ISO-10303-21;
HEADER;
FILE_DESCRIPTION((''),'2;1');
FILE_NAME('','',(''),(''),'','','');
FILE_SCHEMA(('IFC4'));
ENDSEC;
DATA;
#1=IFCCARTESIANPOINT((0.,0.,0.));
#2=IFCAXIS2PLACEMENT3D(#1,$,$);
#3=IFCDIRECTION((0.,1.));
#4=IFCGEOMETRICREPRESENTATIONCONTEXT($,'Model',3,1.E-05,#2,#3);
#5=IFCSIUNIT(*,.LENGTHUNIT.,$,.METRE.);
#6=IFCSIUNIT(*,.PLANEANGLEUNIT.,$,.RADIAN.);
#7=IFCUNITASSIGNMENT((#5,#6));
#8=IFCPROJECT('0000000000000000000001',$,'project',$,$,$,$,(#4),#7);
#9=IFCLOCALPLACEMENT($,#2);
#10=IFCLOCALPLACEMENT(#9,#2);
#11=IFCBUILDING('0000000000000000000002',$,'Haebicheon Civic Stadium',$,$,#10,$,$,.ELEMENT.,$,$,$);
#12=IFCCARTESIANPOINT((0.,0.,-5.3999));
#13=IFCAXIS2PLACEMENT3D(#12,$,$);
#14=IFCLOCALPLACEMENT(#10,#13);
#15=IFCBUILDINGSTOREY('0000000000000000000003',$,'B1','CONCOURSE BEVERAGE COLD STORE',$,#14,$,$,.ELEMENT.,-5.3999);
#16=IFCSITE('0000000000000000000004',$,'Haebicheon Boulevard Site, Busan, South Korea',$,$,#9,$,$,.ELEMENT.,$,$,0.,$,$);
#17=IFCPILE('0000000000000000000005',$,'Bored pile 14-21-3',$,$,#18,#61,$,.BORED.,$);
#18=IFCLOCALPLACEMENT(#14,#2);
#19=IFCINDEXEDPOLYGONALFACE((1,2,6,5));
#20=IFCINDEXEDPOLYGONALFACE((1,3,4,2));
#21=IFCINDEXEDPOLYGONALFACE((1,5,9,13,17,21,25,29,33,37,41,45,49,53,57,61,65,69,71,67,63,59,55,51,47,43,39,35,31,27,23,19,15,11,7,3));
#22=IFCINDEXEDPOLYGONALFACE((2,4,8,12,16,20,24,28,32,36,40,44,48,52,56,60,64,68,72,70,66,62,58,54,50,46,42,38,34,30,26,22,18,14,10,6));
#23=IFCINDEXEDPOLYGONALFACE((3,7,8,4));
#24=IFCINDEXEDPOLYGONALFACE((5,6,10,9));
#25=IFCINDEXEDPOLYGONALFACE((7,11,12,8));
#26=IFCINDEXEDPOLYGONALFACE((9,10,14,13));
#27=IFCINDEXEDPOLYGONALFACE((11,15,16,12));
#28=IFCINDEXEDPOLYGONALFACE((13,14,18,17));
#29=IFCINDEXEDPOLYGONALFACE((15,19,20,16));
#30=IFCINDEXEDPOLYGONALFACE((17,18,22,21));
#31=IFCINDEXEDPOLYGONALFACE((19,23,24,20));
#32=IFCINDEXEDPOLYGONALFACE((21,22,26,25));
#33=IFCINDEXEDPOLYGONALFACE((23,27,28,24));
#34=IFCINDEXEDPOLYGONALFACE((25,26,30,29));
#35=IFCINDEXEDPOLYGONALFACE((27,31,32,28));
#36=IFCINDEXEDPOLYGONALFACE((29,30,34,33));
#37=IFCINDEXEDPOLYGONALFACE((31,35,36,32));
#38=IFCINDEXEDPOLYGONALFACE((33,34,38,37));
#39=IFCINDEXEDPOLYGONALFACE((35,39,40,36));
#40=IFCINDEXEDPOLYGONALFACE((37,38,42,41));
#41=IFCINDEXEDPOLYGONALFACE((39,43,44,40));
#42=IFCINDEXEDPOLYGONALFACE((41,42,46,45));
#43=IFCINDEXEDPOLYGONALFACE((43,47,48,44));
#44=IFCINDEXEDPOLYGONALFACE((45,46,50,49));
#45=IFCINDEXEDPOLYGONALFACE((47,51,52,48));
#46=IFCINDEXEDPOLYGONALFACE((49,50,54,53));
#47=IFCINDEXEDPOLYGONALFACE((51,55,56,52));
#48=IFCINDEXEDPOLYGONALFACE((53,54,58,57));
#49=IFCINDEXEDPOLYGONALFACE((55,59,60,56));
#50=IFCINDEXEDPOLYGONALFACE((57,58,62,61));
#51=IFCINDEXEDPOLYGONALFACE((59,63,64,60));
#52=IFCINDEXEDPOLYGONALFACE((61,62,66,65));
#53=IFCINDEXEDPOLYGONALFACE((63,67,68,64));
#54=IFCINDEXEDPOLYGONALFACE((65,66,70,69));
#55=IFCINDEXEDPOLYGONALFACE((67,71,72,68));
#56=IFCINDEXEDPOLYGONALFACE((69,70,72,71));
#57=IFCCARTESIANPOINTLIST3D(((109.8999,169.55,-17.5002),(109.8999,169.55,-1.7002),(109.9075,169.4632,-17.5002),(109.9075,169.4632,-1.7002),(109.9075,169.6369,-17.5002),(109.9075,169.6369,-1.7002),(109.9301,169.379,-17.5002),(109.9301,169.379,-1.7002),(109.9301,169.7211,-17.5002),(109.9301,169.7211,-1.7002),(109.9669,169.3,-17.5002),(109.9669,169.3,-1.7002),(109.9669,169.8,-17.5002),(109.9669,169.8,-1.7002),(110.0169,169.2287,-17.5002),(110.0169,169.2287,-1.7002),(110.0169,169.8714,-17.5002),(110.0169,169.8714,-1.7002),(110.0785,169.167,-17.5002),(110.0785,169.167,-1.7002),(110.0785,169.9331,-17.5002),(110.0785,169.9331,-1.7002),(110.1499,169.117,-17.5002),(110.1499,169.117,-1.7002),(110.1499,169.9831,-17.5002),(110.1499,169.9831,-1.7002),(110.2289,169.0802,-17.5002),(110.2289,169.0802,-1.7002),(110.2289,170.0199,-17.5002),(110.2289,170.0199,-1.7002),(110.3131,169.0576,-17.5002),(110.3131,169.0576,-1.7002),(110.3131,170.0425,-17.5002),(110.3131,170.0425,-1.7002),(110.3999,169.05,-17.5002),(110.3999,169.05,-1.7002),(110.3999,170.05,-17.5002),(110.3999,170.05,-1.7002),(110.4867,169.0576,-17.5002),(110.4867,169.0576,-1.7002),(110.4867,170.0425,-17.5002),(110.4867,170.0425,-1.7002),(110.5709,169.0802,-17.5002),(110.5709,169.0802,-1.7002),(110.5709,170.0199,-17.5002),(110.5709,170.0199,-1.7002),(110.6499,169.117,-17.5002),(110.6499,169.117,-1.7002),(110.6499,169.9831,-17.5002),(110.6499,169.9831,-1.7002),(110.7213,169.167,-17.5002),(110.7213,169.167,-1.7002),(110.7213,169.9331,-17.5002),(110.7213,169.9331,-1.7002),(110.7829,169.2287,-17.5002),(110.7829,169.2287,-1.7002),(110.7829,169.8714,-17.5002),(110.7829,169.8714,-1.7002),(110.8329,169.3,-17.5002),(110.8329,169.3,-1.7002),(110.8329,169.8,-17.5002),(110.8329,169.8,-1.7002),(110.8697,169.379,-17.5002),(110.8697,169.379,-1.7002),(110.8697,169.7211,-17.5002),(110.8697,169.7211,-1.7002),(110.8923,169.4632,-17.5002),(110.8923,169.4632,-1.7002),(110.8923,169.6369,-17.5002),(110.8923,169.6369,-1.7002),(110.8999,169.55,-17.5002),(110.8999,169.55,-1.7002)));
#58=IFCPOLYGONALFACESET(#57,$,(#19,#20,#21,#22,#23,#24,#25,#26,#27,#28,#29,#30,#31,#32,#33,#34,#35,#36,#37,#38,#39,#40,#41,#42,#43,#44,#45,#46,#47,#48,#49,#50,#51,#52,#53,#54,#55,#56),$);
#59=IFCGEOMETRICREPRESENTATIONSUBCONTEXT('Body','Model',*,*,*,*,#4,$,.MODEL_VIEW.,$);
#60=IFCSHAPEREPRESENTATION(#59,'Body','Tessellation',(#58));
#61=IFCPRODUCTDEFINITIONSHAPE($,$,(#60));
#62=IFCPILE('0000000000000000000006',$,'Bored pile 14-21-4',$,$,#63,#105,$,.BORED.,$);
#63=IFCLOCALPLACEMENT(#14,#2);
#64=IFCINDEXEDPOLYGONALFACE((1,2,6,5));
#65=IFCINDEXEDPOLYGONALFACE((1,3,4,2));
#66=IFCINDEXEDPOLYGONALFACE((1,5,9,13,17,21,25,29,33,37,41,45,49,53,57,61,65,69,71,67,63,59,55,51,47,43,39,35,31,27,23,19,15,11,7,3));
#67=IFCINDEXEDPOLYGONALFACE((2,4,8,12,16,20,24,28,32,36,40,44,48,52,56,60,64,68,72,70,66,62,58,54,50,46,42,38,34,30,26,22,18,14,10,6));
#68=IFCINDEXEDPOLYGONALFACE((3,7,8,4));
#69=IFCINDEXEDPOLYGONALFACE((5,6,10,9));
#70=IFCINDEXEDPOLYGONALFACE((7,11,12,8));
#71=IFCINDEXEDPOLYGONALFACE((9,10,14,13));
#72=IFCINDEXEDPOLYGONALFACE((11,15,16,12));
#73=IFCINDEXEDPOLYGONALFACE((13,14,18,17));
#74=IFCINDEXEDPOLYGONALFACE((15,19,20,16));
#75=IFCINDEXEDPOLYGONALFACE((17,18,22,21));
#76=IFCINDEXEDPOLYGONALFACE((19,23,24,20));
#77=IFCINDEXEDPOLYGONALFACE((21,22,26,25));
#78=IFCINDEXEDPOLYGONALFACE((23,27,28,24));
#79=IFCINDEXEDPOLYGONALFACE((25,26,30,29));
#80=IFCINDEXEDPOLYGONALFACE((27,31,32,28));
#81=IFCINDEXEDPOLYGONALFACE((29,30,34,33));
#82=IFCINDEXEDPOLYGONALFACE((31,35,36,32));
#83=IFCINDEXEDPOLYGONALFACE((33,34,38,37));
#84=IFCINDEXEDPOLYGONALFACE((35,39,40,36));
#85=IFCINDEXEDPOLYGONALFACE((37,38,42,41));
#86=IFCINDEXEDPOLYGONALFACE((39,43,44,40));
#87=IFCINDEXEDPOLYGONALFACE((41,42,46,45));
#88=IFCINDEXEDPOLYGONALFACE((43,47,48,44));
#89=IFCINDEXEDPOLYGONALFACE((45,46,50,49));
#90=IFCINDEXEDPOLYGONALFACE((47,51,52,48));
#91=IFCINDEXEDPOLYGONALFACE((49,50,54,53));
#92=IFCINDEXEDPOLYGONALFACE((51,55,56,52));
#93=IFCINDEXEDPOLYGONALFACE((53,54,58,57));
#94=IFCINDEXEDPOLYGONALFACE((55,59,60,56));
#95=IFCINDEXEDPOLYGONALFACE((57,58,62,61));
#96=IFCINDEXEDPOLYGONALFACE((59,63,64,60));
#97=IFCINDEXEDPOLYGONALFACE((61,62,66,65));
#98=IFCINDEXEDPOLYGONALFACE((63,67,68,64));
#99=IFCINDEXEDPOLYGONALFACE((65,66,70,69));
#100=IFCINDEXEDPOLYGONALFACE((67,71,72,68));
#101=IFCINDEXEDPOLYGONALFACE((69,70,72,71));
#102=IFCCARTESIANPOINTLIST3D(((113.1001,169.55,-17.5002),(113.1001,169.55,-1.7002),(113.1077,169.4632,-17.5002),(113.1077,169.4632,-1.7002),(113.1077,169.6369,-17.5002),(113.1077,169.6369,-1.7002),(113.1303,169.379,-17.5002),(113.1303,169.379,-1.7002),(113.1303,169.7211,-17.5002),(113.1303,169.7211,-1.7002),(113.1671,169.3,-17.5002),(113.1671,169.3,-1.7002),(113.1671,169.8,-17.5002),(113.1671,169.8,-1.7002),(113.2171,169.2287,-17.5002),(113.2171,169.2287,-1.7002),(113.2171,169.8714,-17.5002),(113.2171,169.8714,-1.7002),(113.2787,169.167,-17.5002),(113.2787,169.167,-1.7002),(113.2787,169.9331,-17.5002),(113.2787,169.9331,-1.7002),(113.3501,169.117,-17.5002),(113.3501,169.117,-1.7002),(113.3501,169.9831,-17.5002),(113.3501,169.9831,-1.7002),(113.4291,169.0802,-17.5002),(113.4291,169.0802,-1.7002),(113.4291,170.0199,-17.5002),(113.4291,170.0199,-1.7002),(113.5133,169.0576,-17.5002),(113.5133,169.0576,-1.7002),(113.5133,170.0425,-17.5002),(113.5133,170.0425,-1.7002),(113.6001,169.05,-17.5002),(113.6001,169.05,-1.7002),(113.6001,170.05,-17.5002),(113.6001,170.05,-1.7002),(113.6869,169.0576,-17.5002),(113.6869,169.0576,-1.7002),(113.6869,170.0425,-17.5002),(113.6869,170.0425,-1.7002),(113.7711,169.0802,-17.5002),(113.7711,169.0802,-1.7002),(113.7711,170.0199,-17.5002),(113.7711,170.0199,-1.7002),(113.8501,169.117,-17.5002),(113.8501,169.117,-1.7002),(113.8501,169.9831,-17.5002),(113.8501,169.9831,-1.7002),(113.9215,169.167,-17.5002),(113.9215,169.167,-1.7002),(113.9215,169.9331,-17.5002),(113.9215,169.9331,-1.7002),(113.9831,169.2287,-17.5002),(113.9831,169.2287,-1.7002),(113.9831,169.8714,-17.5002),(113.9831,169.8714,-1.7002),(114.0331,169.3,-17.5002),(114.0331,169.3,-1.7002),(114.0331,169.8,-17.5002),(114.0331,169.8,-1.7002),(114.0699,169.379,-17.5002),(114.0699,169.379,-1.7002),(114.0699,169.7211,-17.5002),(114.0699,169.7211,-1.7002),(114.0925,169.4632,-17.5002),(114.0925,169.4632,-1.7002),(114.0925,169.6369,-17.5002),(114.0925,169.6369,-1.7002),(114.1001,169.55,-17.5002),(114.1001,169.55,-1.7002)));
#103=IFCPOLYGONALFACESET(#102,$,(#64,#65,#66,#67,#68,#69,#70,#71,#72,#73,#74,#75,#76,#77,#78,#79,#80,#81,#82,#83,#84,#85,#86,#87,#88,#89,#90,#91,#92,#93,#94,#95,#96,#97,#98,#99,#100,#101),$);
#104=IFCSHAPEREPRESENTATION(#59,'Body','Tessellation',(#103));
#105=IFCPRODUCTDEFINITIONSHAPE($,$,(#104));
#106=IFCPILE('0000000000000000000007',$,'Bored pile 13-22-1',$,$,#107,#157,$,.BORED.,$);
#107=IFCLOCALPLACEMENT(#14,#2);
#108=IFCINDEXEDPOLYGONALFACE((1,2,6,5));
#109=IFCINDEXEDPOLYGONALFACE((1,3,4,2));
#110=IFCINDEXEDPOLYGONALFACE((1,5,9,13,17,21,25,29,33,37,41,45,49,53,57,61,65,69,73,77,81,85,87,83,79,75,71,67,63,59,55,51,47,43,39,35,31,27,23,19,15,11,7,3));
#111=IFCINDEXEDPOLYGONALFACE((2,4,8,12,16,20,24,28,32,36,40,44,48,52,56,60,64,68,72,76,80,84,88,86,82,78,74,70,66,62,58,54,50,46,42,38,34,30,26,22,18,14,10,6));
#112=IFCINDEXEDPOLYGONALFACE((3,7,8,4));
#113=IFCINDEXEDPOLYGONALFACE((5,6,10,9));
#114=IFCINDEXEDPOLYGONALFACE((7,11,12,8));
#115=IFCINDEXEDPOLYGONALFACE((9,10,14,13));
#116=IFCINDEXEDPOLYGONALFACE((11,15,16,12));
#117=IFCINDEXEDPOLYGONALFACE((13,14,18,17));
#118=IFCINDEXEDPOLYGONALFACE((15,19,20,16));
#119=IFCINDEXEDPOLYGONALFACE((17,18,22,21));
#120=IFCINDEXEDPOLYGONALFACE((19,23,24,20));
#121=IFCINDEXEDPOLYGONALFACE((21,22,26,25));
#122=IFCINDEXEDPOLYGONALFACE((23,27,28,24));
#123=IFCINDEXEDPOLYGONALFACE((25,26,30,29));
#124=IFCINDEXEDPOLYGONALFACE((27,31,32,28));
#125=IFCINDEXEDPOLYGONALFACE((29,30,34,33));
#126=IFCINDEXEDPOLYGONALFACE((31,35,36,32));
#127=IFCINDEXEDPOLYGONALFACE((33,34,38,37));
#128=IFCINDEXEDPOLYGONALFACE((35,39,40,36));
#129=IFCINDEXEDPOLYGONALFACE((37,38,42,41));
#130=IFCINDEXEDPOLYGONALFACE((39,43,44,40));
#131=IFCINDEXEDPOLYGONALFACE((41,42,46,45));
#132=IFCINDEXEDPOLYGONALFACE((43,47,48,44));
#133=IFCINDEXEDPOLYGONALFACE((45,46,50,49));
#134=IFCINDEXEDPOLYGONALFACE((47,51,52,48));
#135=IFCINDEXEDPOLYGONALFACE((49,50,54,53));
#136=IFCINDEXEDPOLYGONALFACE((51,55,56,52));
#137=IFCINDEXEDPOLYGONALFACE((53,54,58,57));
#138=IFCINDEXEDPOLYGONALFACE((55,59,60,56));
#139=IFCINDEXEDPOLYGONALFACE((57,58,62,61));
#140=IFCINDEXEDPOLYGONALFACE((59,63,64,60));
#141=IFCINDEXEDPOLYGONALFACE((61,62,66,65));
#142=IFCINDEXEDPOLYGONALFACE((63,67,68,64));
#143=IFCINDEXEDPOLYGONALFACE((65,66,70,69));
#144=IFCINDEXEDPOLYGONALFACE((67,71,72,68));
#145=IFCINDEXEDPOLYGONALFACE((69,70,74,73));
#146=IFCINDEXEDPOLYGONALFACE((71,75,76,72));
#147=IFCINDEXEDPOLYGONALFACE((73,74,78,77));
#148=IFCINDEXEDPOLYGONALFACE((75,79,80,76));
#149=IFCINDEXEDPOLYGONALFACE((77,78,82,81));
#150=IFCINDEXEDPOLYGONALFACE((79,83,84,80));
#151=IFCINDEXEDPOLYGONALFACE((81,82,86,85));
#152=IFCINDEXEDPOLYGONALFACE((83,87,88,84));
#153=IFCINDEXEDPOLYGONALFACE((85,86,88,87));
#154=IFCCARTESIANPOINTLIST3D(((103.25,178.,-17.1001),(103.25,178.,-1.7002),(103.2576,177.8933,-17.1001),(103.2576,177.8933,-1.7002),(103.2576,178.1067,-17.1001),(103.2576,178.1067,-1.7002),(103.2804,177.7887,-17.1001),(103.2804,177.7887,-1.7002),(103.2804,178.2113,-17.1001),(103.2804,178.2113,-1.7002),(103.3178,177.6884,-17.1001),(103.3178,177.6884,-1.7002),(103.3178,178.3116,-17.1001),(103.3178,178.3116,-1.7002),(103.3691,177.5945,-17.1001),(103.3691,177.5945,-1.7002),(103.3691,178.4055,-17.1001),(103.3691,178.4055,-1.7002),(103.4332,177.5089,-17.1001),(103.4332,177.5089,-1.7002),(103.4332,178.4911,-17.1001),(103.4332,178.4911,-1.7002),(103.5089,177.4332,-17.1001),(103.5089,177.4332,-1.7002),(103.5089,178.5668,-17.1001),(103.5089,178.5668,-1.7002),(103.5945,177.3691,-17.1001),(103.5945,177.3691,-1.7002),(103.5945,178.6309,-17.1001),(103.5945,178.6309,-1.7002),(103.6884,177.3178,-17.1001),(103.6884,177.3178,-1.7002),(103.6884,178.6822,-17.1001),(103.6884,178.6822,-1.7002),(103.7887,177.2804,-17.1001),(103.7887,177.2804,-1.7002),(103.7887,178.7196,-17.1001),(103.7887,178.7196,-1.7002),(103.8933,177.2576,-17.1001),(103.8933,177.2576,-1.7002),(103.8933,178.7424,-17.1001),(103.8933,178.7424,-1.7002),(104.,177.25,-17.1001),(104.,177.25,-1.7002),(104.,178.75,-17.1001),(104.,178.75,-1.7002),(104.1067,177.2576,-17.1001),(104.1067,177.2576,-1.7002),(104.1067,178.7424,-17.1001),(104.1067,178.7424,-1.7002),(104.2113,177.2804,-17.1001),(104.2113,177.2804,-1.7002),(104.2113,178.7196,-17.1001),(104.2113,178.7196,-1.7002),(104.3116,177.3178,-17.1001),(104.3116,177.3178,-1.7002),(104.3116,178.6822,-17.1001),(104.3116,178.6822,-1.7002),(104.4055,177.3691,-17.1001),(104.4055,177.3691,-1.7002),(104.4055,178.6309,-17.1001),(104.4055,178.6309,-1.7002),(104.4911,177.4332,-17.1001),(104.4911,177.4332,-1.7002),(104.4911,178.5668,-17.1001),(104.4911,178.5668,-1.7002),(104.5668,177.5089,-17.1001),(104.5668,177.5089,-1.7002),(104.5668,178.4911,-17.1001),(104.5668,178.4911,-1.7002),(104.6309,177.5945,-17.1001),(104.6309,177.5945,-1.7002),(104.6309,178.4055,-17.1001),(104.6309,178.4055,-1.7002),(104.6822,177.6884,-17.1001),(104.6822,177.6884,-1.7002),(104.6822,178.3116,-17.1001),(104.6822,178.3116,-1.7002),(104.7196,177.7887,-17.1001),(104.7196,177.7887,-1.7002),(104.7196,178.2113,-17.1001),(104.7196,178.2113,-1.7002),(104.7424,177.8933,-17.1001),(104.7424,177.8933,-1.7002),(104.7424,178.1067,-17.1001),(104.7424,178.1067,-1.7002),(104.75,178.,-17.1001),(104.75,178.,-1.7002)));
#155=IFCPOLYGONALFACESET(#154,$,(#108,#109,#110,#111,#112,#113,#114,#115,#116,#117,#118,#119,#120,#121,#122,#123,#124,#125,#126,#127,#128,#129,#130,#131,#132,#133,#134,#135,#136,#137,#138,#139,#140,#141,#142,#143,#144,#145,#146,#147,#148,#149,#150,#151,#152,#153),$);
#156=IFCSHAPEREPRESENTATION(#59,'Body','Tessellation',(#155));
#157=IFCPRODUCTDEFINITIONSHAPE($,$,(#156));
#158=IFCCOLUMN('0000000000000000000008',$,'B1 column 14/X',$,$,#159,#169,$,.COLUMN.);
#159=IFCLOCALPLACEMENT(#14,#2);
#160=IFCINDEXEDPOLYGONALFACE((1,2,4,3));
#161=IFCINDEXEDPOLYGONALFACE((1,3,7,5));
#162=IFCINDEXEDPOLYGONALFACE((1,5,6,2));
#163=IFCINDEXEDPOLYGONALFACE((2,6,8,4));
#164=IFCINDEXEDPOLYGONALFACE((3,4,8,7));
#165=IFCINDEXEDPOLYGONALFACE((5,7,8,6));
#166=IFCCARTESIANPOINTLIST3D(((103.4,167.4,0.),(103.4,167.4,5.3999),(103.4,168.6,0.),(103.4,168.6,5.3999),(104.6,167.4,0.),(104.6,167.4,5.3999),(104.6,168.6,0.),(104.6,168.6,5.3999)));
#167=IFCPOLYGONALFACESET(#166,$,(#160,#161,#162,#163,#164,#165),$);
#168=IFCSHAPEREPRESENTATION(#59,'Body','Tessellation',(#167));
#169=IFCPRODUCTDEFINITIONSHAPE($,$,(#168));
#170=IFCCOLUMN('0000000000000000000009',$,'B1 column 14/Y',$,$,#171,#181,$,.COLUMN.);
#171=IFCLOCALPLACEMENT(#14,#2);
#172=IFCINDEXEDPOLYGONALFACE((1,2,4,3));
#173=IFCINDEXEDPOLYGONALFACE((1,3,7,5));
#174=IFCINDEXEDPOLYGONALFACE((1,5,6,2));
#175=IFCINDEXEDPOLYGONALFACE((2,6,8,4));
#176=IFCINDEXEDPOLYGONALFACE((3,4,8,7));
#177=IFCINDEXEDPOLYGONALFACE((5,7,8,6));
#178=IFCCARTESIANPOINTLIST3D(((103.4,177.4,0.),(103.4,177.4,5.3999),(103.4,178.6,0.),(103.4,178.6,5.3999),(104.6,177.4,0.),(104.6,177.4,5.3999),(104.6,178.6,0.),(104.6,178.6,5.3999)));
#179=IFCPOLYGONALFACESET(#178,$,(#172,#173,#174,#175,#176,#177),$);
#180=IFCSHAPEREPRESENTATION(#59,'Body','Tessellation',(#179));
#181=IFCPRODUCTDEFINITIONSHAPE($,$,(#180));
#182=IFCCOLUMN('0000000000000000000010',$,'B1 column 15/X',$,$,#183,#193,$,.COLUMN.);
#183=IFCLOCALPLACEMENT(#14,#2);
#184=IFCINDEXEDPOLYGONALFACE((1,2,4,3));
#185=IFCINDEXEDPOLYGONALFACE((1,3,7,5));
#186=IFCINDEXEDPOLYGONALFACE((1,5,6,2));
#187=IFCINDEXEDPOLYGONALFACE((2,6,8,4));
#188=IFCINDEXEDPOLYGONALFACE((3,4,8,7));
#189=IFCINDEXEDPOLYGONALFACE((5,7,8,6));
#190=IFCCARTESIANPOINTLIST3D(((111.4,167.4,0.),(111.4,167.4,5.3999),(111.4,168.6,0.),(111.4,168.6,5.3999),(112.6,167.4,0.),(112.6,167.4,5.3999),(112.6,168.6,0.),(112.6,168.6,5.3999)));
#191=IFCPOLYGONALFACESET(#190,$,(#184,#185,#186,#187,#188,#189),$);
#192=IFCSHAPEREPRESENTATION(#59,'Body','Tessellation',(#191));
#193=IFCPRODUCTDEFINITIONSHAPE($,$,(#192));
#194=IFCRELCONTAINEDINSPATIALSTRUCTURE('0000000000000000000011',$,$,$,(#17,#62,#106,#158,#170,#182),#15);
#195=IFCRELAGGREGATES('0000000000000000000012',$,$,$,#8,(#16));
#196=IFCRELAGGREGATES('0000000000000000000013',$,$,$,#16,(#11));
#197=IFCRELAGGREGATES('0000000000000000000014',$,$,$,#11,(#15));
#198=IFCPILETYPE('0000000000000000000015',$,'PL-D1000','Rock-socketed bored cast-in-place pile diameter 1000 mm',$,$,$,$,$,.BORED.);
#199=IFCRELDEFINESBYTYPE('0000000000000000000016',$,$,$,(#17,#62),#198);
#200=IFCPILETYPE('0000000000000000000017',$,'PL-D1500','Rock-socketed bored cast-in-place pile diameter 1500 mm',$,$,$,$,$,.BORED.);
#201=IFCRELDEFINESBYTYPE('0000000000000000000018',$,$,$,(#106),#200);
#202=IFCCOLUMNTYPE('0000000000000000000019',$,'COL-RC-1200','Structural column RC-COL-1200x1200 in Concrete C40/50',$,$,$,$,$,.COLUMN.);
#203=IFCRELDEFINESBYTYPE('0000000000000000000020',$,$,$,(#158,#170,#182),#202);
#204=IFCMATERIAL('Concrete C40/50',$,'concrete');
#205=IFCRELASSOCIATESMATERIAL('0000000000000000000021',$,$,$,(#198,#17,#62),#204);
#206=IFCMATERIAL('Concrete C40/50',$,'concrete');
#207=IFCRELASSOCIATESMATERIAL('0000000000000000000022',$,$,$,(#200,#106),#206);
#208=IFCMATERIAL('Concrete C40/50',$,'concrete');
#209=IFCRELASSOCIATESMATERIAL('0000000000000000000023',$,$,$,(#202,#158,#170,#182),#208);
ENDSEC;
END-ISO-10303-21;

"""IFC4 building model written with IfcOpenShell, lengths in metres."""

from ifc_helpers import new_model, si_unit, direction, frame, origin, origin_2d, place, context, subcontext, project, spatial, rectangle, circle, extrude, material, material_profile, profile_set, type_object, element, save


model = new_model("IFC4")

# Units and contexts
model_context = context("Model", 3, precision=1e-05, world=origin(), true_north=direction((0.0, 1.0)))
body_context = subcontext(model_context, "Body", "Model", "MODEL_VIEW")
ifc_project = project(units=[si_unit("LENGTHUNIT", "METRE"), si_unit("PLANEANGLEUNIT", "RADIAN")], contexts=[model_context])

# Site, building, storey
site_placement = place(None, origin())
site = spatial("IfcSite", under=ifc_project, at=site_placement, Name="Haebicheon Boulevard Site, Busan, South Korea", CompositionType="ELEMENT", RefElevation=0.0)
building_placement = place(site_placement, origin())
building = spatial("IfcBuilding", under=site, at=building_placement, Name="Haebicheon Civic Stadium", CompositionType="ELEMENT")
storey_placement = place(building_placement, frame((0.0, 0.0, -5.3999)))
storey = spatial("IfcBuildingStorey", under=building, at=storey_placement, Name="B1", Description="CONCOURSE BEVERAGE COLD STORE", CompositionType="ELEMENT", Elevation=-5.3999)

# Piles
ifc_material_1 = material(Name="Concrete C40/50", Category="concrete")
ifc_material_profile_1 = material_profile(ifc_material_1, circle(Radius=0.5, at=origin_2d()), Name="PILE-D1000")
ifc_profile_set_1 = profile_set([ifc_material_profile_1], Name="Concrete C40/50")
pile_type_1 = type_object("IfcPileType", Name="PL-D1000", Description="Rock-socketed bored cast-in-place pile diameter 1000 mm", PredefinedType="BORED", material=ifc_profile_set_1)
for number, where, z_axis, x_axis, name in (
    (1, (110.3999, 169.55, -1.7002), (0.0, 0.0, -1.0), (1.0, 0.0, 0.0), "Bored pile 14-21-3"),
    (2, (113.6001, 169.55, -1.7002), (0.0, 0.0, -1.0), (1.0, 0.0, 0.0), "Bored pile 14-21-4"),
):
    element("IfcPile", number, at=place(storey_placement, frame(where, z_axis=z_axis, x_axis=x_axis)), inside=storey, type_object=pile_type_1, material=ifc_profile_set_1, Name=name, PredefinedType="BORED", context=body_context, shape_type="SweptSolid", body=[
        extrude(circle(Radius=0.5, at=origin_2d()), origin(), (0.0, 0.0, 1.0), 15.8),
    ])
ifc_material_2 = material(Name="Concrete C40/50", Category="concrete")
ifc_material_profile_2 = material_profile(ifc_material_2, circle(Radius=0.75, at=origin_2d()), Name="PILE-D1500")
ifc_profile_set_2 = profile_set([ifc_material_profile_2], Name="Concrete C40/50")
pile_type_2 = type_object("IfcPileType", Name="PL-D1500", Description="Rock-socketed bored cast-in-place pile diameter 1500 mm", PredefinedType="BORED", material=ifc_profile_set_2)
pile_placement = place(storey_placement, frame((104.0, 178.0, -1.7002), z_axis=(0.0, 0.0, -1.0), x_axis=(1.0, 0.0, 0.0)))
element("IfcPile", 3, at=pile_placement, inside=storey, type_object=pile_type_2, material=ifc_profile_set_2, Name="Bored pile 13-22-1", PredefinedType="BORED", context=body_context, shape_type="SweptSolid", body=[
    extrude(circle(Radius=0.75, at=origin_2d()), origin(), (0.0, 0.0, 1.0), 15.3999),
])

# Columns
ifc_material_3 = material(Name="Concrete C40/50", Category="concrete")
ifc_material_profile_3 = material_profile(ifc_material_3, rectangle(XDim=1.2, YDim=1.2, at=origin_2d()), Name="RC-COL-1200x1200")
ifc_profile_set_3 = profile_set([ifc_material_profile_3], Name="Concrete C40/50")
column_type = type_object("IfcColumnType", Name="COL-RC-1200", Description="Structural column RC-COL-1200x1200 in Concrete C40/50", PredefinedType="COLUMN", material=ifc_profile_set_3)
for number, where, z_axis, x_axis, name in (
    (4, (104.0, 168.0, 0.0), (0.0, 0.0, 1.0), (1.0, 0.0, 0.0), "B1 column 14/X"),
    (5, (104.0, 178.0, 0.0), (0.0, 0.0, 1.0), (1.0, 0.0, 0.0), "B1 column 14/Y"),
    (6, (112.0, 168.0, 0.0), (0.0, 0.0, 1.0), (1.0, 0.0, 0.0), "B1 column 15/X"),
):
    element("IfcColumn", number, at=place(storey_placement, frame(where, z_axis=z_axis, x_axis=x_axis)), inside=storey, type_object=column_type, material=ifc_profile_set_3, Name=name, PredefinedType="COLUMN", context=body_context, shape_type="SweptSolid", body=[
        extrude(rectangle(XDim=1.2, YDim=1.2, at=origin_2d()), origin(), (0.0, 0.0, 1.0), 5.3999),
    ])

save(model, "model.ifc")
